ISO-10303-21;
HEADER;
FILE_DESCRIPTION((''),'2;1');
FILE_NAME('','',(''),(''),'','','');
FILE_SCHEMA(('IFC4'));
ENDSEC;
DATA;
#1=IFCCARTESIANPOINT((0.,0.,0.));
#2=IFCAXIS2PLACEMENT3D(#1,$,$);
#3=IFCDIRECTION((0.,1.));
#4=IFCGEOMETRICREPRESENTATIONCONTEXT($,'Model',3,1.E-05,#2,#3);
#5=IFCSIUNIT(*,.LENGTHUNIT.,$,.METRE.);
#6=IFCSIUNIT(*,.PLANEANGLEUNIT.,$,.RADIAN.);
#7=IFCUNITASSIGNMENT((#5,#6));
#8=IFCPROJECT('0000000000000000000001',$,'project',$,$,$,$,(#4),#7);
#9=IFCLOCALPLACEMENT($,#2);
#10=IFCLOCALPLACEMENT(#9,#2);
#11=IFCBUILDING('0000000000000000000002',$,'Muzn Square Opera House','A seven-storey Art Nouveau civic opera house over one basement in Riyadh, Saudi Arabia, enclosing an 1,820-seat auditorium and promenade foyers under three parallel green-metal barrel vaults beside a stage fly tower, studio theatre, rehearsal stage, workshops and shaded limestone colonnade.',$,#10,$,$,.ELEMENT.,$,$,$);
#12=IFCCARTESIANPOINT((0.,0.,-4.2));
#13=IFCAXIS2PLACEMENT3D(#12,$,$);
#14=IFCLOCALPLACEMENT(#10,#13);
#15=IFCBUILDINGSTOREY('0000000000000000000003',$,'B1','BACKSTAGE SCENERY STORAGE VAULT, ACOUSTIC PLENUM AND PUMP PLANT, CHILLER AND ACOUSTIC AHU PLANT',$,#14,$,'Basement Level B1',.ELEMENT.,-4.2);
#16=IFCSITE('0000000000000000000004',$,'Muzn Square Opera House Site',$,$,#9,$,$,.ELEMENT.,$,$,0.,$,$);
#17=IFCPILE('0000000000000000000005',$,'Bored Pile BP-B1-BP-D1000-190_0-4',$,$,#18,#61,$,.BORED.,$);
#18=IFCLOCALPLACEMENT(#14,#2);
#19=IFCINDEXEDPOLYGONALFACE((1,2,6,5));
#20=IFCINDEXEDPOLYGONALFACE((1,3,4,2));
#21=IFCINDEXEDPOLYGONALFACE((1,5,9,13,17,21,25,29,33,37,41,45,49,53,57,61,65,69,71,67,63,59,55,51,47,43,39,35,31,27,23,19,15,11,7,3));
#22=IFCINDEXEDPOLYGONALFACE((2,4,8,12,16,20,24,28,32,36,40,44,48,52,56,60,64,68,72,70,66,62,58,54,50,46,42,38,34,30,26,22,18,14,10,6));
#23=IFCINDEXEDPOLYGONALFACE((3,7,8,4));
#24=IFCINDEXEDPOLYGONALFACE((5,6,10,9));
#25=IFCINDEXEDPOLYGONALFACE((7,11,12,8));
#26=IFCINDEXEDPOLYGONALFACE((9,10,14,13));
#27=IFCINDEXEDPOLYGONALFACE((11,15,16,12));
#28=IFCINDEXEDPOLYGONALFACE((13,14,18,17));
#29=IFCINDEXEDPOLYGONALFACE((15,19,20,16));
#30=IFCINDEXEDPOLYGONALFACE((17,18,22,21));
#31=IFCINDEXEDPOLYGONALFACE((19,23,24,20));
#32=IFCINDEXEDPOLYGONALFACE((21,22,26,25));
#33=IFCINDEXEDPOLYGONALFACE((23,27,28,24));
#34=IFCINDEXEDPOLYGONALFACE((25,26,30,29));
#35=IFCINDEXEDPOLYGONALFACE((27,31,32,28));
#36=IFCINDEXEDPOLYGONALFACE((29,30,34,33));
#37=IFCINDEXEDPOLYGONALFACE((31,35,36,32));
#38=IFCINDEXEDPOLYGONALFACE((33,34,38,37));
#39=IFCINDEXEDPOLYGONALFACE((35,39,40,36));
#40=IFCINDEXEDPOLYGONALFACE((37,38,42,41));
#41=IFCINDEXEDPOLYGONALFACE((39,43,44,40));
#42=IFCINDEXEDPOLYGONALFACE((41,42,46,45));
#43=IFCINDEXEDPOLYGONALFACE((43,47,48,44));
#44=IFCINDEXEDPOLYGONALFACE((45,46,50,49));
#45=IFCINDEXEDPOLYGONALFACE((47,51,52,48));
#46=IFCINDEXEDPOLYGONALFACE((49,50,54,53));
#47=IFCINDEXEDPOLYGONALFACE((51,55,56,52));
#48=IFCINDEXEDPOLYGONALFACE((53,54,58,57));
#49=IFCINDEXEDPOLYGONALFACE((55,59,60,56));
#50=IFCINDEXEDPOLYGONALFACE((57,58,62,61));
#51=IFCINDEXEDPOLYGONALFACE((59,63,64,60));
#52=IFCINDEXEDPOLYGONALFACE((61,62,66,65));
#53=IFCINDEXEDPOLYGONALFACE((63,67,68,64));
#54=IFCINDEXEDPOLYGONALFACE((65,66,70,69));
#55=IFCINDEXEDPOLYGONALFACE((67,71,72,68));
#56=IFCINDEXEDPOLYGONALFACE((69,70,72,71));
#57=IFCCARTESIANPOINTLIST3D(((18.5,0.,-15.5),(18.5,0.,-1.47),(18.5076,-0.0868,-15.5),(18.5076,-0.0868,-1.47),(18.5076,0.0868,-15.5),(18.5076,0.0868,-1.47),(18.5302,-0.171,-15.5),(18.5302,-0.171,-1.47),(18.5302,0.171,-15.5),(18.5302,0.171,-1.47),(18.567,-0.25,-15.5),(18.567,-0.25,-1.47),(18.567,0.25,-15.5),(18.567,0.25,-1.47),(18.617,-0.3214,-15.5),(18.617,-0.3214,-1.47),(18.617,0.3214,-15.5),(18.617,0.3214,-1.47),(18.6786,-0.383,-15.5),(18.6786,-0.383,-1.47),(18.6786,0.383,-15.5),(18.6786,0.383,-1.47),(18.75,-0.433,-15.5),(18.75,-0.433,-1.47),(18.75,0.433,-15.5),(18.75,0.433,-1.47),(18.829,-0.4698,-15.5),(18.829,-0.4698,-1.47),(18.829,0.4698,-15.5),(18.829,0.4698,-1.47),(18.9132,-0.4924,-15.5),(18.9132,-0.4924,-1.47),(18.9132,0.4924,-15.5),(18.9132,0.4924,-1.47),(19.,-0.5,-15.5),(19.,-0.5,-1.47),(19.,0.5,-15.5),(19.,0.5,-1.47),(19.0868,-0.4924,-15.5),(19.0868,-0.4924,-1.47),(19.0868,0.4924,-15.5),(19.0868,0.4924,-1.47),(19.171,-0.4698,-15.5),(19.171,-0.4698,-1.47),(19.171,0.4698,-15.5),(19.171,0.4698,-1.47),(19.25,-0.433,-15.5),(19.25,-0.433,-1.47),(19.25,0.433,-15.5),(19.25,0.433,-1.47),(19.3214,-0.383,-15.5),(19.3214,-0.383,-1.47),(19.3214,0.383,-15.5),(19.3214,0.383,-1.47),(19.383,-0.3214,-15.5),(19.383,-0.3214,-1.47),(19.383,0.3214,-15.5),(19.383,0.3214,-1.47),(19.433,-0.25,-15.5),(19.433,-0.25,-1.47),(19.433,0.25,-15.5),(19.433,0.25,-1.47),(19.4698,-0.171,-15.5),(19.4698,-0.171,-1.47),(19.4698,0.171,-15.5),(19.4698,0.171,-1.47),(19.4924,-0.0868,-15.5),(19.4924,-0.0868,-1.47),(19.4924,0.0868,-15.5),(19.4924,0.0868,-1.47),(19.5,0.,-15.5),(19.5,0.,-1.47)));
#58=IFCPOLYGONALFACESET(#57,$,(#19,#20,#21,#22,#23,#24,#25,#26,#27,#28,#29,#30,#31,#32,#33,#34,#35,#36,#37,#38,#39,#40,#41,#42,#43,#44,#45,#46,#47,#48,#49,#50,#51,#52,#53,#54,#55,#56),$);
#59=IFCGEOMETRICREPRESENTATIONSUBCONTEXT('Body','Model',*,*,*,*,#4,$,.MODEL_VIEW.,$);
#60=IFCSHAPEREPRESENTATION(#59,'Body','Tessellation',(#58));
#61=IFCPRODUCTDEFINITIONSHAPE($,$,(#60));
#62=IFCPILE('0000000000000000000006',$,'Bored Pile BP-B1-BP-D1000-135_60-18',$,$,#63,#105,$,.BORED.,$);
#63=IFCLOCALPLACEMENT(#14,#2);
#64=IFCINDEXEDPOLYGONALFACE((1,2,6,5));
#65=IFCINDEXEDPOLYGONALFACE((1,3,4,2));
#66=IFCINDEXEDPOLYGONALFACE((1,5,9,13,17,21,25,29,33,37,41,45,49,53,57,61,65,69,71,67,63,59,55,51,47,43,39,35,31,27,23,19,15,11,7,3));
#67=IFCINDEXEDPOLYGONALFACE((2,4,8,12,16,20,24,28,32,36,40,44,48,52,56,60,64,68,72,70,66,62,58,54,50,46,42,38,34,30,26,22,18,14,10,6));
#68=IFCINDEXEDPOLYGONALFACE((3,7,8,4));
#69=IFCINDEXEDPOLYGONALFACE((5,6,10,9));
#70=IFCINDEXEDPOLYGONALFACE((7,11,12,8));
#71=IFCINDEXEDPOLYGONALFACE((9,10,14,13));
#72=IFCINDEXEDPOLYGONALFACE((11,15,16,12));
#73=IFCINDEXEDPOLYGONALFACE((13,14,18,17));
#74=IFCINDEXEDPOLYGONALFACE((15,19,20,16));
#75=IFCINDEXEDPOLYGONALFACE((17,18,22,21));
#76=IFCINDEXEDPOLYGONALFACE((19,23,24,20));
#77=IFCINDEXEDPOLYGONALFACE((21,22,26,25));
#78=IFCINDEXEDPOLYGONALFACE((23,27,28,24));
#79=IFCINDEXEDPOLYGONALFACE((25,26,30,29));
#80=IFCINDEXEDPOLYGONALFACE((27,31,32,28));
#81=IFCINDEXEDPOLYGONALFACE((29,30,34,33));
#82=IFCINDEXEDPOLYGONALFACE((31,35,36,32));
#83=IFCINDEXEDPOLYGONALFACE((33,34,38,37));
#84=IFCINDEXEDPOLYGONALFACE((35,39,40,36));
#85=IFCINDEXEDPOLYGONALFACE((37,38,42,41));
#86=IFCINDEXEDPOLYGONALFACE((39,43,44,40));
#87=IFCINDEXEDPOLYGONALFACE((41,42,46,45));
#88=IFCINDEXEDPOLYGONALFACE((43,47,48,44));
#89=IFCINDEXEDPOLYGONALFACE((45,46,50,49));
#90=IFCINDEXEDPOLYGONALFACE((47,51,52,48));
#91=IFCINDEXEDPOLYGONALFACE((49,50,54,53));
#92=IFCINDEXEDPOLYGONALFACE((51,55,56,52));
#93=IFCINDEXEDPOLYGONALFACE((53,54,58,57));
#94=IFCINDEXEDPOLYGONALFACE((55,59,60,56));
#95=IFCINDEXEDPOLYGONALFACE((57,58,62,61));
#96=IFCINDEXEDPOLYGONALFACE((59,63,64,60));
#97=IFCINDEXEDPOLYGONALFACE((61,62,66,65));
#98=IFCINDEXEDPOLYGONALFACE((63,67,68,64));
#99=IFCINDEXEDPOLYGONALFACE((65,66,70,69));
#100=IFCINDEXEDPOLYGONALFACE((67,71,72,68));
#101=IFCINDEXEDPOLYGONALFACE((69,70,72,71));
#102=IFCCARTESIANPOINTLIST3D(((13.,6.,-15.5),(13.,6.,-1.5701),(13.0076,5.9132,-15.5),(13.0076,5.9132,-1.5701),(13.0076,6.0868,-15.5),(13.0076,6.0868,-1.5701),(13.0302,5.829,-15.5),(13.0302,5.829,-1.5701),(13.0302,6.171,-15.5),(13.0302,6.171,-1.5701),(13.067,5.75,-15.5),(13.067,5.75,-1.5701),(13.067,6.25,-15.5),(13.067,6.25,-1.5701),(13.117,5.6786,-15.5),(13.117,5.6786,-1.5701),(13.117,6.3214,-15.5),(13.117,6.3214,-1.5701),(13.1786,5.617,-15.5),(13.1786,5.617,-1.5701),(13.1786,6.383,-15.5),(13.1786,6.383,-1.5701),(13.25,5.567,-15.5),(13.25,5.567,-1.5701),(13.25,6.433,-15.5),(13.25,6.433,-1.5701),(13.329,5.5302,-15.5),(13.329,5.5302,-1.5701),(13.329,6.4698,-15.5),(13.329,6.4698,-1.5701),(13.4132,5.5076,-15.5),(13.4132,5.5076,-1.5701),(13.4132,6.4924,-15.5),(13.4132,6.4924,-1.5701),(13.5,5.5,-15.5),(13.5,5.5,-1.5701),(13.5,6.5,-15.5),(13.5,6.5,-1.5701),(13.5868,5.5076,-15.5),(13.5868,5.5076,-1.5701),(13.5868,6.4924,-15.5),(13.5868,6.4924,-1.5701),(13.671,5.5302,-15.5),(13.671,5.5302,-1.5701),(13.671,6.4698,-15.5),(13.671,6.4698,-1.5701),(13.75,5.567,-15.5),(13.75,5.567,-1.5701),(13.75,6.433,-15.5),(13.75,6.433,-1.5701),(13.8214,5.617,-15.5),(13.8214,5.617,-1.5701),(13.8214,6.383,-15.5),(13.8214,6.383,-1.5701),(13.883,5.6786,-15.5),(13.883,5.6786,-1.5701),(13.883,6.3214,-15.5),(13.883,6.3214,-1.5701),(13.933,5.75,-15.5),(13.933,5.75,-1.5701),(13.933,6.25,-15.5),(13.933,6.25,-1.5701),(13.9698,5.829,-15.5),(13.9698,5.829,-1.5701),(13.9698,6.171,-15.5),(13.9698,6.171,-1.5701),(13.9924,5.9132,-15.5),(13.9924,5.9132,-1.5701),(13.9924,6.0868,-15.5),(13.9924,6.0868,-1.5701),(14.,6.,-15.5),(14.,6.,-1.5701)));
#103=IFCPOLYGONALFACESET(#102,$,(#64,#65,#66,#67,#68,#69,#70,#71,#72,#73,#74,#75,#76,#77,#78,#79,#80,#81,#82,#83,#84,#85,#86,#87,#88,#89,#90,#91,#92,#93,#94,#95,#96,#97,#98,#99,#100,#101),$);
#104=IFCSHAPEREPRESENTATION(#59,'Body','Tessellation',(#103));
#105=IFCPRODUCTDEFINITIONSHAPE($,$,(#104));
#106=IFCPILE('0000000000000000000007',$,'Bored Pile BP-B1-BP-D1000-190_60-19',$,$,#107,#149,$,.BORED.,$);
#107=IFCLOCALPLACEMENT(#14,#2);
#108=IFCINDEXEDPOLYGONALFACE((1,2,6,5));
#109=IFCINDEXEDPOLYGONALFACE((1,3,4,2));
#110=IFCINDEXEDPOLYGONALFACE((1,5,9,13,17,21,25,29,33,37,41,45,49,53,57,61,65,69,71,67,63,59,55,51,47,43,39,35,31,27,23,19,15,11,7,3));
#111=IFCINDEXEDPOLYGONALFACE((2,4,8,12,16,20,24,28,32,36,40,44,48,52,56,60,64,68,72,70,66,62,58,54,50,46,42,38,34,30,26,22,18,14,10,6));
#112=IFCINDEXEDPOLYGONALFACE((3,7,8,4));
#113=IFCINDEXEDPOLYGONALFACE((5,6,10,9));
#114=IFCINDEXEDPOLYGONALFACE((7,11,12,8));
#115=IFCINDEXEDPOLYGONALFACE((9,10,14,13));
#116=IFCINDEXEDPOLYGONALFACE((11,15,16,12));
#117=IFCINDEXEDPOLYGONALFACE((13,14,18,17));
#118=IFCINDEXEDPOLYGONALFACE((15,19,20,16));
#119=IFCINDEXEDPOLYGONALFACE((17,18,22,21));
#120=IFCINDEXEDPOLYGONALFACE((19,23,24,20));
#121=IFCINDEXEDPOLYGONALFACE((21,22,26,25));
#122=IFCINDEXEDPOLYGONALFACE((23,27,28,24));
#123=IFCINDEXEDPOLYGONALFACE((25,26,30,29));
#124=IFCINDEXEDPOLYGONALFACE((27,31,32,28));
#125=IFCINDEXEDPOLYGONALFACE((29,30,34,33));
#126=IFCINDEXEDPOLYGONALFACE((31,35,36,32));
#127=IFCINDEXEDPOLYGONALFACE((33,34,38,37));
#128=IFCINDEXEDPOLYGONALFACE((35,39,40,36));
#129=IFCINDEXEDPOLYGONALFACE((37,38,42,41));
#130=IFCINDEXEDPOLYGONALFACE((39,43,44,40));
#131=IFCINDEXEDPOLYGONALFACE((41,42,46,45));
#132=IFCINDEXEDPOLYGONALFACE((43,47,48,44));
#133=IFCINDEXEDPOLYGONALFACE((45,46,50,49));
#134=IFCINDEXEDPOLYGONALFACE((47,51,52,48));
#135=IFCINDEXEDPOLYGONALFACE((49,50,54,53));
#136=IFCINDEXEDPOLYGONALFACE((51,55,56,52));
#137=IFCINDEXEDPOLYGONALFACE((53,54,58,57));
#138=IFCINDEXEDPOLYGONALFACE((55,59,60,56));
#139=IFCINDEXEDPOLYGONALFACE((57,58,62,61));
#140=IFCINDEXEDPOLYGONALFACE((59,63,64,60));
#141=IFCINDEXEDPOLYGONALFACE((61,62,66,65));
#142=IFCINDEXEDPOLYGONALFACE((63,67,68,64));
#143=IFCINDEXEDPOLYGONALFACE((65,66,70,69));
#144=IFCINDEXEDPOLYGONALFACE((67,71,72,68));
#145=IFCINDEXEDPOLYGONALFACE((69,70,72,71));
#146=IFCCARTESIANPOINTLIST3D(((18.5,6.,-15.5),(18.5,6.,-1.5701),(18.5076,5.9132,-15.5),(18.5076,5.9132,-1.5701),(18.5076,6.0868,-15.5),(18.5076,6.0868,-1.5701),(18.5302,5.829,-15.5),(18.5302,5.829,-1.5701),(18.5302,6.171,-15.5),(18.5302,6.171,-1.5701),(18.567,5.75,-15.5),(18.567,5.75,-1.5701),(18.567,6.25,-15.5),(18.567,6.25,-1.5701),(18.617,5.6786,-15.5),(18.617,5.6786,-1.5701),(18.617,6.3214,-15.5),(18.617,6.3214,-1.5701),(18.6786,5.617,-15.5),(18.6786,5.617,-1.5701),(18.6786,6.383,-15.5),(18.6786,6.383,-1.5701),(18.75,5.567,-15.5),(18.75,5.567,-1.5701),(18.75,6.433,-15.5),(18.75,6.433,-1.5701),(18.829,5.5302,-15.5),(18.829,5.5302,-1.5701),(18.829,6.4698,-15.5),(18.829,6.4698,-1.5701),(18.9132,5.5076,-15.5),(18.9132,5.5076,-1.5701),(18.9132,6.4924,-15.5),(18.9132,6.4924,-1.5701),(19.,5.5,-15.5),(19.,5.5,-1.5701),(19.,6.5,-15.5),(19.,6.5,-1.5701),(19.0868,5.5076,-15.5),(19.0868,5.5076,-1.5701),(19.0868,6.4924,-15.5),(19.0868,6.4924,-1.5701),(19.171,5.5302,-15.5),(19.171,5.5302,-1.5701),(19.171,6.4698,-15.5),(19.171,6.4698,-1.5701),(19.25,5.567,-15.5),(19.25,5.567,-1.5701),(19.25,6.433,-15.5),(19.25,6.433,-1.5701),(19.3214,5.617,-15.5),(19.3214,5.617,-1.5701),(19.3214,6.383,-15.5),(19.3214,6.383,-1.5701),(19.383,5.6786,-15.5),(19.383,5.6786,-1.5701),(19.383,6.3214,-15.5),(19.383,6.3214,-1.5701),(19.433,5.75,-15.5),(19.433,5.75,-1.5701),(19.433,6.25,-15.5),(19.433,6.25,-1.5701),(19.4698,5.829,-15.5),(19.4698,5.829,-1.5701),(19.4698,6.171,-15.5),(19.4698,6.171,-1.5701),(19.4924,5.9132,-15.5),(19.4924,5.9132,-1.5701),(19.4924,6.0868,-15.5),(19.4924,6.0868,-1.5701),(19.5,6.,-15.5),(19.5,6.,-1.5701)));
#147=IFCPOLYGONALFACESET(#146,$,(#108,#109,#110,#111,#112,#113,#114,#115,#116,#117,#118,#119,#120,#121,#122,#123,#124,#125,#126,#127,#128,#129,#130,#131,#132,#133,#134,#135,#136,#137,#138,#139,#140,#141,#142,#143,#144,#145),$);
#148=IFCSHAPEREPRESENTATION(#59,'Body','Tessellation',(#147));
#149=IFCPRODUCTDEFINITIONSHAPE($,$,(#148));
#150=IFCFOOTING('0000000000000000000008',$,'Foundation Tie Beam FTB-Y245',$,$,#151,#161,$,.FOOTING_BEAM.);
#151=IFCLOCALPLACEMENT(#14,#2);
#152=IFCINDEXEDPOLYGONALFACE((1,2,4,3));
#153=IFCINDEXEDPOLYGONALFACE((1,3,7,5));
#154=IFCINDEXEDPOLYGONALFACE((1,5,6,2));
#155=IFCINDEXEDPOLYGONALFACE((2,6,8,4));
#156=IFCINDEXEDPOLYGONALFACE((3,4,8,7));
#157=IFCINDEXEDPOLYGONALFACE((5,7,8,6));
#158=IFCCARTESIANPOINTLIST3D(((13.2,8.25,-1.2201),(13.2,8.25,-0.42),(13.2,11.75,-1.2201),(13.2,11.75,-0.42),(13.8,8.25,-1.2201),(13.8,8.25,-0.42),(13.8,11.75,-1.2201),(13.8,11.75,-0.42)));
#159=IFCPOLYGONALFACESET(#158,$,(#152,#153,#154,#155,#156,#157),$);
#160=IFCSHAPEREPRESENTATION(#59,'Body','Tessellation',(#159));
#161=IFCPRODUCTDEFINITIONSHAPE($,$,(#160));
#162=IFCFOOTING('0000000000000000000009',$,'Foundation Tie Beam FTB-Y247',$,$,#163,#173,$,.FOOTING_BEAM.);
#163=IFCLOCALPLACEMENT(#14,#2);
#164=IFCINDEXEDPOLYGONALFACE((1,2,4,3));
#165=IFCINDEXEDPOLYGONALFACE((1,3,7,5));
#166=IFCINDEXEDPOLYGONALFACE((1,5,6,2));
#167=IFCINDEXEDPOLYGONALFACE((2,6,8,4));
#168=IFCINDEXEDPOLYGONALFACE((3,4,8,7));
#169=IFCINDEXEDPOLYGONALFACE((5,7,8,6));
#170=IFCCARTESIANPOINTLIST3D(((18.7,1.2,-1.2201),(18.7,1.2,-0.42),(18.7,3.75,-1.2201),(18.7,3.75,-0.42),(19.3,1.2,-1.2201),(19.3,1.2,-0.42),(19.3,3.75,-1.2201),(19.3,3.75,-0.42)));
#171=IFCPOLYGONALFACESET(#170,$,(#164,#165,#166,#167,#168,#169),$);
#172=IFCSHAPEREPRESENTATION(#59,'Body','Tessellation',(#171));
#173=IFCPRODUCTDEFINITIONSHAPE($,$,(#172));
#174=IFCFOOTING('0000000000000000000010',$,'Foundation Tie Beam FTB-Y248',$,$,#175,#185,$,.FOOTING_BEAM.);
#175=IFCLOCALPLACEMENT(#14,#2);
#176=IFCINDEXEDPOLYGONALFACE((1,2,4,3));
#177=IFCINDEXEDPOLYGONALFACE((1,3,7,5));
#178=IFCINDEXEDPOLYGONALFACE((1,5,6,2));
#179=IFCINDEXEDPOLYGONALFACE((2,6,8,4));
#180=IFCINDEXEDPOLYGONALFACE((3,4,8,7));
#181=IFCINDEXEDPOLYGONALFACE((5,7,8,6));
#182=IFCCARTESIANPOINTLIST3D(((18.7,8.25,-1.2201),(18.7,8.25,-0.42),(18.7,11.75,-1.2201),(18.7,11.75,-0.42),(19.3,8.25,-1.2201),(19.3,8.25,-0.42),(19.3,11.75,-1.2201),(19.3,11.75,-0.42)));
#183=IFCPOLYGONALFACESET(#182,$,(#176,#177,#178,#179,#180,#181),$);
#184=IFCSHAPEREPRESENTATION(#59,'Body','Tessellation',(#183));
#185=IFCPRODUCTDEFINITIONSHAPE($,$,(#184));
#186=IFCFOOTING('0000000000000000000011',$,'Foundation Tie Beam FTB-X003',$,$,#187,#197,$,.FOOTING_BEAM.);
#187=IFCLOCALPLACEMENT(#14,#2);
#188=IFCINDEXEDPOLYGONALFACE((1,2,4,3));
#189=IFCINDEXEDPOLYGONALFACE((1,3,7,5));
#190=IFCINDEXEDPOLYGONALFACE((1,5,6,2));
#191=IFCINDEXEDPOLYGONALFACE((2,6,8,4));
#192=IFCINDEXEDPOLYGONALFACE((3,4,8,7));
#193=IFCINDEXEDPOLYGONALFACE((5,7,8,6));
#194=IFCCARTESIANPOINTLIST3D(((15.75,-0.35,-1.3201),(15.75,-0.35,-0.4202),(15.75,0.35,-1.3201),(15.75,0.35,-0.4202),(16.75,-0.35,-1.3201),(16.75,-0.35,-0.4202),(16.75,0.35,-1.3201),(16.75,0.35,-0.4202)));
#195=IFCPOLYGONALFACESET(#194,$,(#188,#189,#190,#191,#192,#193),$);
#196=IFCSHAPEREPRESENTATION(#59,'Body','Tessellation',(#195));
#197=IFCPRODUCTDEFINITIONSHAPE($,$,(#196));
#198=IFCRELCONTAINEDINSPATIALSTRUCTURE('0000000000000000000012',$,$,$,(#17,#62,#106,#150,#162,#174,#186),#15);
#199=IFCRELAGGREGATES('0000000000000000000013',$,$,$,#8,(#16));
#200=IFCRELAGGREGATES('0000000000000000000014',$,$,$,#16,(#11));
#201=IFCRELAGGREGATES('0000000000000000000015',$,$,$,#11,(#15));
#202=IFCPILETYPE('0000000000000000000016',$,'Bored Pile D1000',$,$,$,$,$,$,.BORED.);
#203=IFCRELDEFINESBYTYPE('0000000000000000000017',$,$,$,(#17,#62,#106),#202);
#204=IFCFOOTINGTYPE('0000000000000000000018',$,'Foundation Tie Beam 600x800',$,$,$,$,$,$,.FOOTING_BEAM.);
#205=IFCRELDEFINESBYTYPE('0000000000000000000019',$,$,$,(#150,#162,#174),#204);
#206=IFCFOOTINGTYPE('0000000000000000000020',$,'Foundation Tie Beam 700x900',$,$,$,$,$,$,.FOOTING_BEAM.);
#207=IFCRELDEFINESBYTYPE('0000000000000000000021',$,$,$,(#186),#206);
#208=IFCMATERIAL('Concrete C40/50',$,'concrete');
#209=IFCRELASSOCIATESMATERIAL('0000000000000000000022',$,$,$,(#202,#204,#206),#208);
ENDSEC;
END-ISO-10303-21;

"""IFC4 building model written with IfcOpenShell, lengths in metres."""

from ifc_helpers import new_model, si_unit, direction, frame, origin, origin_2d, place, context, subcontext, project, spatial, rectangle, circle, extrude, material, material_profile, profile_set, type_object, element, save


model = new_model("IFC4")

# Units and contexts
model_context = context("Model", 3, precision=1e-05, world=origin(), true_north=direction((0.0, 1.0)))
body_context = subcontext(model_context, "Body", "Model", "MODEL_VIEW")
ifc_project = project(units=[si_unit("LENGTHUNIT", "METRE"), si_unit("PLANEANGLEUNIT", "RADIAN")], contexts=[model_context])

# Site, building, storey
site_placement = place(None, origin())
site = spatial("IfcSite", under=ifc_project, at=site_placement, Name="Muzn Square Opera House Site", CompositionType="ELEMENT", RefElevation=0.0)
building_placement = place(site_placement, origin())
building = spatial("IfcBuilding", under=site, at=building_placement, Name="Muzn Square Opera House", Description="A seven-storey Art Nouveau civic opera house over one basement in Riyadh, Saudi Arabia, enclosing an 1,820-seat auditorium and promenade foyers under three parallel green-metal barrel vaults beside a stage fly tower, studio theatre, rehearsal stage, workshops and shaded limestone colonnade.", CompositionType="ELEMENT")
storey_placement = place(building_placement, frame((0.0, 0.0, -4.2)))
storey = spatial("IfcBuildingStorey", under=building, at=storey_placement, Name="B1", Description="BACKSTAGE SCENERY STORAGE VAULT, ACOUSTIC PLENUM AND PUMP PLANT, CHILLER AND ACOUSTIC AHU PLANT", LongName="Basement Level B1", CompositionType="ELEMENT", Elevation=-4.2)

# Piles
ifc_material_1 = material(Name="Concrete C40/50", Category="concrete")
ifc_material_profile_1 = material_profile(ifc_material_1, circle(Radius=0.5, at=origin_2d()), Name="BORED PILE D1000", Category="concrete")
ifc_profile_set_1 = profile_set([ifc_material_profile_1], Name="Concrete C40/50")
pile_type = type_object("IfcPileType", Name="Bored Pile D1000", PredefinedType="BORED", material=ifc_profile_set_1)
pile_placement = place(storey_placement, frame((19.0, 0.0, -1.47), z_axis=(0.0, 0.0, -1.0), x_axis=(1.0, 0.0, 0.0)))
element("IfcPile", 1, at=pile_placement, inside=storey, type_object=pile_type, Name="Bored Pile BP-B1-BP-D1000-190_0-4", PredefinedType="BORED", context=body_context, shape_type="SweptSolid", body=[
    extrude(circle(Radius=0.5, at=origin_2d()), origin(), (0.0, 0.0, 1.0), 14.03),
])
for number, where, z_axis, x_axis, name in (
    (2, (13.5, 6.0, -1.5701), (0.0, 0.0, -1.0), (1.0, 0.0, 0.0), "Bored Pile BP-B1-BP-D1000-135_60-18"),
    (3, (19.0, 6.0, -1.5701), (0.0, 0.0, -1.0), (1.0, 0.0, 0.0), "Bored Pile BP-B1-BP-D1000-190_60-19"),
):
    element("IfcPile", number, at=place(storey_placement, frame(where, z_axis=z_axis, x_axis=x_axis)), inside=storey, type_object=pile_type, Name=name, PredefinedType="BORED", context=body_context, shape_type="SweptSolid", body=[
        extrude(circle(Radius=0.5, at=origin_2d()), origin(), (0.0, 0.0, 1.0), 13.9299),
    ])

# Footings
ifc_material_profile_2 = material_profile(ifc_material_1, rectangle(XDim=0.6001, YDim=0.8, at=origin_2d()), Name="RCTB 600x800", Category="concrete")
ifc_profile_set_2 = profile_set([ifc_material_profile_2], Name="Concrete C40/50")
footing_type_1 = type_object("IfcFootingType", Name="Foundation Tie Beam 600x800", PredefinedType="FOOTING_BEAM", material=ifc_profile_set_2)
footing_1_placement = place(storey_placement, frame((13.5, 8.25, -0.8201), z_axis=(0.0, 1.0, 0.0), x_axis=(-1.0, 0.0, 0.0)))
element("IfcFooting", 4, at=footing_1_placement, inside=storey, type_object=footing_type_1, Name="Foundation Tie Beam FTB-Y245", PredefinedType="FOOTING_BEAM", context=body_context, shape_type="SweptSolid", body=[
    extrude(rectangle(XDim=0.6001, YDim=0.8, at=origin_2d()), origin(), (0.0, 0.0, 1.0), 3.5),
])
footing_2_placement = place(storey_placement, frame((19.0, 1.2, -0.8201), z_axis=(0.0, 1.0, 0.0), x_axis=(-1.0, 0.0, 0.0)))
element("IfcFooting", 5, at=footing_2_placement, inside=storey, type_object=footing_type_1, Name="Foundation Tie Beam FTB-Y247", PredefinedType="FOOTING_BEAM", context=body_context, shape_type="SweptSolid", body=[
    extrude(rectangle(XDim=0.6001, YDim=0.8, at=origin_2d()), origin(), (0.0, 0.0, 1.0), 2.55),
])
footing_3_placement = place(storey_placement, frame((19.0, 8.25, -0.8201), z_axis=(0.0, 1.0, 0.0), x_axis=(-1.0, 0.0, 0.0)))
element("IfcFooting", 6, at=footing_3_placement, inside=storey, type_object=footing_type_1, Name="Foundation Tie Beam FTB-Y248", PredefinedType="FOOTING_BEAM", context=body_context, shape_type="SweptSolid", body=[
    extrude(rectangle(XDim=0.6001, YDim=0.8, at=origin_2d()), origin(), (0.0, 0.0, 1.0), 3.5),
])
ifc_material_profile_3 = material_profile(ifc_material_1, rectangle(XDim=0.7, YDim=0.8999, at=origin_2d()), Name="RCTB 700x900", Category="concrete")
ifc_profile_set_3 = profile_set([ifc_material_profile_3], Name="Concrete C40/50")
footing_type_2 = type_object("IfcFootingType", Name="Foundation Tie Beam 700x900", PredefinedType="FOOTING_BEAM", material=ifc_profile_set_3)
for number, where, z_axis, x_axis, name in (
    (7, (15.75, 0.0, -0.8701), (1.0, 0.0, 0.0), (0.0, 1.0, 0.0), "Foundation Tie Beam FTB-X003"),
):
    element("IfcFooting", number, at=place(storey_placement, frame(where, z_axis=z_axis, x_axis=x_axis)), inside=storey, type_object=footing_type_2, Name=name, PredefinedType="FOOTING_BEAM", context=body_context, shape_type="SweptSolid", body=[
        extrude(rectangle(XDim=0.7, YDim=0.8999, at=origin_2d()), origin(), (0.0, 0.0, 1.0), 1.0),
    ])

save(model, "model.ifc")
